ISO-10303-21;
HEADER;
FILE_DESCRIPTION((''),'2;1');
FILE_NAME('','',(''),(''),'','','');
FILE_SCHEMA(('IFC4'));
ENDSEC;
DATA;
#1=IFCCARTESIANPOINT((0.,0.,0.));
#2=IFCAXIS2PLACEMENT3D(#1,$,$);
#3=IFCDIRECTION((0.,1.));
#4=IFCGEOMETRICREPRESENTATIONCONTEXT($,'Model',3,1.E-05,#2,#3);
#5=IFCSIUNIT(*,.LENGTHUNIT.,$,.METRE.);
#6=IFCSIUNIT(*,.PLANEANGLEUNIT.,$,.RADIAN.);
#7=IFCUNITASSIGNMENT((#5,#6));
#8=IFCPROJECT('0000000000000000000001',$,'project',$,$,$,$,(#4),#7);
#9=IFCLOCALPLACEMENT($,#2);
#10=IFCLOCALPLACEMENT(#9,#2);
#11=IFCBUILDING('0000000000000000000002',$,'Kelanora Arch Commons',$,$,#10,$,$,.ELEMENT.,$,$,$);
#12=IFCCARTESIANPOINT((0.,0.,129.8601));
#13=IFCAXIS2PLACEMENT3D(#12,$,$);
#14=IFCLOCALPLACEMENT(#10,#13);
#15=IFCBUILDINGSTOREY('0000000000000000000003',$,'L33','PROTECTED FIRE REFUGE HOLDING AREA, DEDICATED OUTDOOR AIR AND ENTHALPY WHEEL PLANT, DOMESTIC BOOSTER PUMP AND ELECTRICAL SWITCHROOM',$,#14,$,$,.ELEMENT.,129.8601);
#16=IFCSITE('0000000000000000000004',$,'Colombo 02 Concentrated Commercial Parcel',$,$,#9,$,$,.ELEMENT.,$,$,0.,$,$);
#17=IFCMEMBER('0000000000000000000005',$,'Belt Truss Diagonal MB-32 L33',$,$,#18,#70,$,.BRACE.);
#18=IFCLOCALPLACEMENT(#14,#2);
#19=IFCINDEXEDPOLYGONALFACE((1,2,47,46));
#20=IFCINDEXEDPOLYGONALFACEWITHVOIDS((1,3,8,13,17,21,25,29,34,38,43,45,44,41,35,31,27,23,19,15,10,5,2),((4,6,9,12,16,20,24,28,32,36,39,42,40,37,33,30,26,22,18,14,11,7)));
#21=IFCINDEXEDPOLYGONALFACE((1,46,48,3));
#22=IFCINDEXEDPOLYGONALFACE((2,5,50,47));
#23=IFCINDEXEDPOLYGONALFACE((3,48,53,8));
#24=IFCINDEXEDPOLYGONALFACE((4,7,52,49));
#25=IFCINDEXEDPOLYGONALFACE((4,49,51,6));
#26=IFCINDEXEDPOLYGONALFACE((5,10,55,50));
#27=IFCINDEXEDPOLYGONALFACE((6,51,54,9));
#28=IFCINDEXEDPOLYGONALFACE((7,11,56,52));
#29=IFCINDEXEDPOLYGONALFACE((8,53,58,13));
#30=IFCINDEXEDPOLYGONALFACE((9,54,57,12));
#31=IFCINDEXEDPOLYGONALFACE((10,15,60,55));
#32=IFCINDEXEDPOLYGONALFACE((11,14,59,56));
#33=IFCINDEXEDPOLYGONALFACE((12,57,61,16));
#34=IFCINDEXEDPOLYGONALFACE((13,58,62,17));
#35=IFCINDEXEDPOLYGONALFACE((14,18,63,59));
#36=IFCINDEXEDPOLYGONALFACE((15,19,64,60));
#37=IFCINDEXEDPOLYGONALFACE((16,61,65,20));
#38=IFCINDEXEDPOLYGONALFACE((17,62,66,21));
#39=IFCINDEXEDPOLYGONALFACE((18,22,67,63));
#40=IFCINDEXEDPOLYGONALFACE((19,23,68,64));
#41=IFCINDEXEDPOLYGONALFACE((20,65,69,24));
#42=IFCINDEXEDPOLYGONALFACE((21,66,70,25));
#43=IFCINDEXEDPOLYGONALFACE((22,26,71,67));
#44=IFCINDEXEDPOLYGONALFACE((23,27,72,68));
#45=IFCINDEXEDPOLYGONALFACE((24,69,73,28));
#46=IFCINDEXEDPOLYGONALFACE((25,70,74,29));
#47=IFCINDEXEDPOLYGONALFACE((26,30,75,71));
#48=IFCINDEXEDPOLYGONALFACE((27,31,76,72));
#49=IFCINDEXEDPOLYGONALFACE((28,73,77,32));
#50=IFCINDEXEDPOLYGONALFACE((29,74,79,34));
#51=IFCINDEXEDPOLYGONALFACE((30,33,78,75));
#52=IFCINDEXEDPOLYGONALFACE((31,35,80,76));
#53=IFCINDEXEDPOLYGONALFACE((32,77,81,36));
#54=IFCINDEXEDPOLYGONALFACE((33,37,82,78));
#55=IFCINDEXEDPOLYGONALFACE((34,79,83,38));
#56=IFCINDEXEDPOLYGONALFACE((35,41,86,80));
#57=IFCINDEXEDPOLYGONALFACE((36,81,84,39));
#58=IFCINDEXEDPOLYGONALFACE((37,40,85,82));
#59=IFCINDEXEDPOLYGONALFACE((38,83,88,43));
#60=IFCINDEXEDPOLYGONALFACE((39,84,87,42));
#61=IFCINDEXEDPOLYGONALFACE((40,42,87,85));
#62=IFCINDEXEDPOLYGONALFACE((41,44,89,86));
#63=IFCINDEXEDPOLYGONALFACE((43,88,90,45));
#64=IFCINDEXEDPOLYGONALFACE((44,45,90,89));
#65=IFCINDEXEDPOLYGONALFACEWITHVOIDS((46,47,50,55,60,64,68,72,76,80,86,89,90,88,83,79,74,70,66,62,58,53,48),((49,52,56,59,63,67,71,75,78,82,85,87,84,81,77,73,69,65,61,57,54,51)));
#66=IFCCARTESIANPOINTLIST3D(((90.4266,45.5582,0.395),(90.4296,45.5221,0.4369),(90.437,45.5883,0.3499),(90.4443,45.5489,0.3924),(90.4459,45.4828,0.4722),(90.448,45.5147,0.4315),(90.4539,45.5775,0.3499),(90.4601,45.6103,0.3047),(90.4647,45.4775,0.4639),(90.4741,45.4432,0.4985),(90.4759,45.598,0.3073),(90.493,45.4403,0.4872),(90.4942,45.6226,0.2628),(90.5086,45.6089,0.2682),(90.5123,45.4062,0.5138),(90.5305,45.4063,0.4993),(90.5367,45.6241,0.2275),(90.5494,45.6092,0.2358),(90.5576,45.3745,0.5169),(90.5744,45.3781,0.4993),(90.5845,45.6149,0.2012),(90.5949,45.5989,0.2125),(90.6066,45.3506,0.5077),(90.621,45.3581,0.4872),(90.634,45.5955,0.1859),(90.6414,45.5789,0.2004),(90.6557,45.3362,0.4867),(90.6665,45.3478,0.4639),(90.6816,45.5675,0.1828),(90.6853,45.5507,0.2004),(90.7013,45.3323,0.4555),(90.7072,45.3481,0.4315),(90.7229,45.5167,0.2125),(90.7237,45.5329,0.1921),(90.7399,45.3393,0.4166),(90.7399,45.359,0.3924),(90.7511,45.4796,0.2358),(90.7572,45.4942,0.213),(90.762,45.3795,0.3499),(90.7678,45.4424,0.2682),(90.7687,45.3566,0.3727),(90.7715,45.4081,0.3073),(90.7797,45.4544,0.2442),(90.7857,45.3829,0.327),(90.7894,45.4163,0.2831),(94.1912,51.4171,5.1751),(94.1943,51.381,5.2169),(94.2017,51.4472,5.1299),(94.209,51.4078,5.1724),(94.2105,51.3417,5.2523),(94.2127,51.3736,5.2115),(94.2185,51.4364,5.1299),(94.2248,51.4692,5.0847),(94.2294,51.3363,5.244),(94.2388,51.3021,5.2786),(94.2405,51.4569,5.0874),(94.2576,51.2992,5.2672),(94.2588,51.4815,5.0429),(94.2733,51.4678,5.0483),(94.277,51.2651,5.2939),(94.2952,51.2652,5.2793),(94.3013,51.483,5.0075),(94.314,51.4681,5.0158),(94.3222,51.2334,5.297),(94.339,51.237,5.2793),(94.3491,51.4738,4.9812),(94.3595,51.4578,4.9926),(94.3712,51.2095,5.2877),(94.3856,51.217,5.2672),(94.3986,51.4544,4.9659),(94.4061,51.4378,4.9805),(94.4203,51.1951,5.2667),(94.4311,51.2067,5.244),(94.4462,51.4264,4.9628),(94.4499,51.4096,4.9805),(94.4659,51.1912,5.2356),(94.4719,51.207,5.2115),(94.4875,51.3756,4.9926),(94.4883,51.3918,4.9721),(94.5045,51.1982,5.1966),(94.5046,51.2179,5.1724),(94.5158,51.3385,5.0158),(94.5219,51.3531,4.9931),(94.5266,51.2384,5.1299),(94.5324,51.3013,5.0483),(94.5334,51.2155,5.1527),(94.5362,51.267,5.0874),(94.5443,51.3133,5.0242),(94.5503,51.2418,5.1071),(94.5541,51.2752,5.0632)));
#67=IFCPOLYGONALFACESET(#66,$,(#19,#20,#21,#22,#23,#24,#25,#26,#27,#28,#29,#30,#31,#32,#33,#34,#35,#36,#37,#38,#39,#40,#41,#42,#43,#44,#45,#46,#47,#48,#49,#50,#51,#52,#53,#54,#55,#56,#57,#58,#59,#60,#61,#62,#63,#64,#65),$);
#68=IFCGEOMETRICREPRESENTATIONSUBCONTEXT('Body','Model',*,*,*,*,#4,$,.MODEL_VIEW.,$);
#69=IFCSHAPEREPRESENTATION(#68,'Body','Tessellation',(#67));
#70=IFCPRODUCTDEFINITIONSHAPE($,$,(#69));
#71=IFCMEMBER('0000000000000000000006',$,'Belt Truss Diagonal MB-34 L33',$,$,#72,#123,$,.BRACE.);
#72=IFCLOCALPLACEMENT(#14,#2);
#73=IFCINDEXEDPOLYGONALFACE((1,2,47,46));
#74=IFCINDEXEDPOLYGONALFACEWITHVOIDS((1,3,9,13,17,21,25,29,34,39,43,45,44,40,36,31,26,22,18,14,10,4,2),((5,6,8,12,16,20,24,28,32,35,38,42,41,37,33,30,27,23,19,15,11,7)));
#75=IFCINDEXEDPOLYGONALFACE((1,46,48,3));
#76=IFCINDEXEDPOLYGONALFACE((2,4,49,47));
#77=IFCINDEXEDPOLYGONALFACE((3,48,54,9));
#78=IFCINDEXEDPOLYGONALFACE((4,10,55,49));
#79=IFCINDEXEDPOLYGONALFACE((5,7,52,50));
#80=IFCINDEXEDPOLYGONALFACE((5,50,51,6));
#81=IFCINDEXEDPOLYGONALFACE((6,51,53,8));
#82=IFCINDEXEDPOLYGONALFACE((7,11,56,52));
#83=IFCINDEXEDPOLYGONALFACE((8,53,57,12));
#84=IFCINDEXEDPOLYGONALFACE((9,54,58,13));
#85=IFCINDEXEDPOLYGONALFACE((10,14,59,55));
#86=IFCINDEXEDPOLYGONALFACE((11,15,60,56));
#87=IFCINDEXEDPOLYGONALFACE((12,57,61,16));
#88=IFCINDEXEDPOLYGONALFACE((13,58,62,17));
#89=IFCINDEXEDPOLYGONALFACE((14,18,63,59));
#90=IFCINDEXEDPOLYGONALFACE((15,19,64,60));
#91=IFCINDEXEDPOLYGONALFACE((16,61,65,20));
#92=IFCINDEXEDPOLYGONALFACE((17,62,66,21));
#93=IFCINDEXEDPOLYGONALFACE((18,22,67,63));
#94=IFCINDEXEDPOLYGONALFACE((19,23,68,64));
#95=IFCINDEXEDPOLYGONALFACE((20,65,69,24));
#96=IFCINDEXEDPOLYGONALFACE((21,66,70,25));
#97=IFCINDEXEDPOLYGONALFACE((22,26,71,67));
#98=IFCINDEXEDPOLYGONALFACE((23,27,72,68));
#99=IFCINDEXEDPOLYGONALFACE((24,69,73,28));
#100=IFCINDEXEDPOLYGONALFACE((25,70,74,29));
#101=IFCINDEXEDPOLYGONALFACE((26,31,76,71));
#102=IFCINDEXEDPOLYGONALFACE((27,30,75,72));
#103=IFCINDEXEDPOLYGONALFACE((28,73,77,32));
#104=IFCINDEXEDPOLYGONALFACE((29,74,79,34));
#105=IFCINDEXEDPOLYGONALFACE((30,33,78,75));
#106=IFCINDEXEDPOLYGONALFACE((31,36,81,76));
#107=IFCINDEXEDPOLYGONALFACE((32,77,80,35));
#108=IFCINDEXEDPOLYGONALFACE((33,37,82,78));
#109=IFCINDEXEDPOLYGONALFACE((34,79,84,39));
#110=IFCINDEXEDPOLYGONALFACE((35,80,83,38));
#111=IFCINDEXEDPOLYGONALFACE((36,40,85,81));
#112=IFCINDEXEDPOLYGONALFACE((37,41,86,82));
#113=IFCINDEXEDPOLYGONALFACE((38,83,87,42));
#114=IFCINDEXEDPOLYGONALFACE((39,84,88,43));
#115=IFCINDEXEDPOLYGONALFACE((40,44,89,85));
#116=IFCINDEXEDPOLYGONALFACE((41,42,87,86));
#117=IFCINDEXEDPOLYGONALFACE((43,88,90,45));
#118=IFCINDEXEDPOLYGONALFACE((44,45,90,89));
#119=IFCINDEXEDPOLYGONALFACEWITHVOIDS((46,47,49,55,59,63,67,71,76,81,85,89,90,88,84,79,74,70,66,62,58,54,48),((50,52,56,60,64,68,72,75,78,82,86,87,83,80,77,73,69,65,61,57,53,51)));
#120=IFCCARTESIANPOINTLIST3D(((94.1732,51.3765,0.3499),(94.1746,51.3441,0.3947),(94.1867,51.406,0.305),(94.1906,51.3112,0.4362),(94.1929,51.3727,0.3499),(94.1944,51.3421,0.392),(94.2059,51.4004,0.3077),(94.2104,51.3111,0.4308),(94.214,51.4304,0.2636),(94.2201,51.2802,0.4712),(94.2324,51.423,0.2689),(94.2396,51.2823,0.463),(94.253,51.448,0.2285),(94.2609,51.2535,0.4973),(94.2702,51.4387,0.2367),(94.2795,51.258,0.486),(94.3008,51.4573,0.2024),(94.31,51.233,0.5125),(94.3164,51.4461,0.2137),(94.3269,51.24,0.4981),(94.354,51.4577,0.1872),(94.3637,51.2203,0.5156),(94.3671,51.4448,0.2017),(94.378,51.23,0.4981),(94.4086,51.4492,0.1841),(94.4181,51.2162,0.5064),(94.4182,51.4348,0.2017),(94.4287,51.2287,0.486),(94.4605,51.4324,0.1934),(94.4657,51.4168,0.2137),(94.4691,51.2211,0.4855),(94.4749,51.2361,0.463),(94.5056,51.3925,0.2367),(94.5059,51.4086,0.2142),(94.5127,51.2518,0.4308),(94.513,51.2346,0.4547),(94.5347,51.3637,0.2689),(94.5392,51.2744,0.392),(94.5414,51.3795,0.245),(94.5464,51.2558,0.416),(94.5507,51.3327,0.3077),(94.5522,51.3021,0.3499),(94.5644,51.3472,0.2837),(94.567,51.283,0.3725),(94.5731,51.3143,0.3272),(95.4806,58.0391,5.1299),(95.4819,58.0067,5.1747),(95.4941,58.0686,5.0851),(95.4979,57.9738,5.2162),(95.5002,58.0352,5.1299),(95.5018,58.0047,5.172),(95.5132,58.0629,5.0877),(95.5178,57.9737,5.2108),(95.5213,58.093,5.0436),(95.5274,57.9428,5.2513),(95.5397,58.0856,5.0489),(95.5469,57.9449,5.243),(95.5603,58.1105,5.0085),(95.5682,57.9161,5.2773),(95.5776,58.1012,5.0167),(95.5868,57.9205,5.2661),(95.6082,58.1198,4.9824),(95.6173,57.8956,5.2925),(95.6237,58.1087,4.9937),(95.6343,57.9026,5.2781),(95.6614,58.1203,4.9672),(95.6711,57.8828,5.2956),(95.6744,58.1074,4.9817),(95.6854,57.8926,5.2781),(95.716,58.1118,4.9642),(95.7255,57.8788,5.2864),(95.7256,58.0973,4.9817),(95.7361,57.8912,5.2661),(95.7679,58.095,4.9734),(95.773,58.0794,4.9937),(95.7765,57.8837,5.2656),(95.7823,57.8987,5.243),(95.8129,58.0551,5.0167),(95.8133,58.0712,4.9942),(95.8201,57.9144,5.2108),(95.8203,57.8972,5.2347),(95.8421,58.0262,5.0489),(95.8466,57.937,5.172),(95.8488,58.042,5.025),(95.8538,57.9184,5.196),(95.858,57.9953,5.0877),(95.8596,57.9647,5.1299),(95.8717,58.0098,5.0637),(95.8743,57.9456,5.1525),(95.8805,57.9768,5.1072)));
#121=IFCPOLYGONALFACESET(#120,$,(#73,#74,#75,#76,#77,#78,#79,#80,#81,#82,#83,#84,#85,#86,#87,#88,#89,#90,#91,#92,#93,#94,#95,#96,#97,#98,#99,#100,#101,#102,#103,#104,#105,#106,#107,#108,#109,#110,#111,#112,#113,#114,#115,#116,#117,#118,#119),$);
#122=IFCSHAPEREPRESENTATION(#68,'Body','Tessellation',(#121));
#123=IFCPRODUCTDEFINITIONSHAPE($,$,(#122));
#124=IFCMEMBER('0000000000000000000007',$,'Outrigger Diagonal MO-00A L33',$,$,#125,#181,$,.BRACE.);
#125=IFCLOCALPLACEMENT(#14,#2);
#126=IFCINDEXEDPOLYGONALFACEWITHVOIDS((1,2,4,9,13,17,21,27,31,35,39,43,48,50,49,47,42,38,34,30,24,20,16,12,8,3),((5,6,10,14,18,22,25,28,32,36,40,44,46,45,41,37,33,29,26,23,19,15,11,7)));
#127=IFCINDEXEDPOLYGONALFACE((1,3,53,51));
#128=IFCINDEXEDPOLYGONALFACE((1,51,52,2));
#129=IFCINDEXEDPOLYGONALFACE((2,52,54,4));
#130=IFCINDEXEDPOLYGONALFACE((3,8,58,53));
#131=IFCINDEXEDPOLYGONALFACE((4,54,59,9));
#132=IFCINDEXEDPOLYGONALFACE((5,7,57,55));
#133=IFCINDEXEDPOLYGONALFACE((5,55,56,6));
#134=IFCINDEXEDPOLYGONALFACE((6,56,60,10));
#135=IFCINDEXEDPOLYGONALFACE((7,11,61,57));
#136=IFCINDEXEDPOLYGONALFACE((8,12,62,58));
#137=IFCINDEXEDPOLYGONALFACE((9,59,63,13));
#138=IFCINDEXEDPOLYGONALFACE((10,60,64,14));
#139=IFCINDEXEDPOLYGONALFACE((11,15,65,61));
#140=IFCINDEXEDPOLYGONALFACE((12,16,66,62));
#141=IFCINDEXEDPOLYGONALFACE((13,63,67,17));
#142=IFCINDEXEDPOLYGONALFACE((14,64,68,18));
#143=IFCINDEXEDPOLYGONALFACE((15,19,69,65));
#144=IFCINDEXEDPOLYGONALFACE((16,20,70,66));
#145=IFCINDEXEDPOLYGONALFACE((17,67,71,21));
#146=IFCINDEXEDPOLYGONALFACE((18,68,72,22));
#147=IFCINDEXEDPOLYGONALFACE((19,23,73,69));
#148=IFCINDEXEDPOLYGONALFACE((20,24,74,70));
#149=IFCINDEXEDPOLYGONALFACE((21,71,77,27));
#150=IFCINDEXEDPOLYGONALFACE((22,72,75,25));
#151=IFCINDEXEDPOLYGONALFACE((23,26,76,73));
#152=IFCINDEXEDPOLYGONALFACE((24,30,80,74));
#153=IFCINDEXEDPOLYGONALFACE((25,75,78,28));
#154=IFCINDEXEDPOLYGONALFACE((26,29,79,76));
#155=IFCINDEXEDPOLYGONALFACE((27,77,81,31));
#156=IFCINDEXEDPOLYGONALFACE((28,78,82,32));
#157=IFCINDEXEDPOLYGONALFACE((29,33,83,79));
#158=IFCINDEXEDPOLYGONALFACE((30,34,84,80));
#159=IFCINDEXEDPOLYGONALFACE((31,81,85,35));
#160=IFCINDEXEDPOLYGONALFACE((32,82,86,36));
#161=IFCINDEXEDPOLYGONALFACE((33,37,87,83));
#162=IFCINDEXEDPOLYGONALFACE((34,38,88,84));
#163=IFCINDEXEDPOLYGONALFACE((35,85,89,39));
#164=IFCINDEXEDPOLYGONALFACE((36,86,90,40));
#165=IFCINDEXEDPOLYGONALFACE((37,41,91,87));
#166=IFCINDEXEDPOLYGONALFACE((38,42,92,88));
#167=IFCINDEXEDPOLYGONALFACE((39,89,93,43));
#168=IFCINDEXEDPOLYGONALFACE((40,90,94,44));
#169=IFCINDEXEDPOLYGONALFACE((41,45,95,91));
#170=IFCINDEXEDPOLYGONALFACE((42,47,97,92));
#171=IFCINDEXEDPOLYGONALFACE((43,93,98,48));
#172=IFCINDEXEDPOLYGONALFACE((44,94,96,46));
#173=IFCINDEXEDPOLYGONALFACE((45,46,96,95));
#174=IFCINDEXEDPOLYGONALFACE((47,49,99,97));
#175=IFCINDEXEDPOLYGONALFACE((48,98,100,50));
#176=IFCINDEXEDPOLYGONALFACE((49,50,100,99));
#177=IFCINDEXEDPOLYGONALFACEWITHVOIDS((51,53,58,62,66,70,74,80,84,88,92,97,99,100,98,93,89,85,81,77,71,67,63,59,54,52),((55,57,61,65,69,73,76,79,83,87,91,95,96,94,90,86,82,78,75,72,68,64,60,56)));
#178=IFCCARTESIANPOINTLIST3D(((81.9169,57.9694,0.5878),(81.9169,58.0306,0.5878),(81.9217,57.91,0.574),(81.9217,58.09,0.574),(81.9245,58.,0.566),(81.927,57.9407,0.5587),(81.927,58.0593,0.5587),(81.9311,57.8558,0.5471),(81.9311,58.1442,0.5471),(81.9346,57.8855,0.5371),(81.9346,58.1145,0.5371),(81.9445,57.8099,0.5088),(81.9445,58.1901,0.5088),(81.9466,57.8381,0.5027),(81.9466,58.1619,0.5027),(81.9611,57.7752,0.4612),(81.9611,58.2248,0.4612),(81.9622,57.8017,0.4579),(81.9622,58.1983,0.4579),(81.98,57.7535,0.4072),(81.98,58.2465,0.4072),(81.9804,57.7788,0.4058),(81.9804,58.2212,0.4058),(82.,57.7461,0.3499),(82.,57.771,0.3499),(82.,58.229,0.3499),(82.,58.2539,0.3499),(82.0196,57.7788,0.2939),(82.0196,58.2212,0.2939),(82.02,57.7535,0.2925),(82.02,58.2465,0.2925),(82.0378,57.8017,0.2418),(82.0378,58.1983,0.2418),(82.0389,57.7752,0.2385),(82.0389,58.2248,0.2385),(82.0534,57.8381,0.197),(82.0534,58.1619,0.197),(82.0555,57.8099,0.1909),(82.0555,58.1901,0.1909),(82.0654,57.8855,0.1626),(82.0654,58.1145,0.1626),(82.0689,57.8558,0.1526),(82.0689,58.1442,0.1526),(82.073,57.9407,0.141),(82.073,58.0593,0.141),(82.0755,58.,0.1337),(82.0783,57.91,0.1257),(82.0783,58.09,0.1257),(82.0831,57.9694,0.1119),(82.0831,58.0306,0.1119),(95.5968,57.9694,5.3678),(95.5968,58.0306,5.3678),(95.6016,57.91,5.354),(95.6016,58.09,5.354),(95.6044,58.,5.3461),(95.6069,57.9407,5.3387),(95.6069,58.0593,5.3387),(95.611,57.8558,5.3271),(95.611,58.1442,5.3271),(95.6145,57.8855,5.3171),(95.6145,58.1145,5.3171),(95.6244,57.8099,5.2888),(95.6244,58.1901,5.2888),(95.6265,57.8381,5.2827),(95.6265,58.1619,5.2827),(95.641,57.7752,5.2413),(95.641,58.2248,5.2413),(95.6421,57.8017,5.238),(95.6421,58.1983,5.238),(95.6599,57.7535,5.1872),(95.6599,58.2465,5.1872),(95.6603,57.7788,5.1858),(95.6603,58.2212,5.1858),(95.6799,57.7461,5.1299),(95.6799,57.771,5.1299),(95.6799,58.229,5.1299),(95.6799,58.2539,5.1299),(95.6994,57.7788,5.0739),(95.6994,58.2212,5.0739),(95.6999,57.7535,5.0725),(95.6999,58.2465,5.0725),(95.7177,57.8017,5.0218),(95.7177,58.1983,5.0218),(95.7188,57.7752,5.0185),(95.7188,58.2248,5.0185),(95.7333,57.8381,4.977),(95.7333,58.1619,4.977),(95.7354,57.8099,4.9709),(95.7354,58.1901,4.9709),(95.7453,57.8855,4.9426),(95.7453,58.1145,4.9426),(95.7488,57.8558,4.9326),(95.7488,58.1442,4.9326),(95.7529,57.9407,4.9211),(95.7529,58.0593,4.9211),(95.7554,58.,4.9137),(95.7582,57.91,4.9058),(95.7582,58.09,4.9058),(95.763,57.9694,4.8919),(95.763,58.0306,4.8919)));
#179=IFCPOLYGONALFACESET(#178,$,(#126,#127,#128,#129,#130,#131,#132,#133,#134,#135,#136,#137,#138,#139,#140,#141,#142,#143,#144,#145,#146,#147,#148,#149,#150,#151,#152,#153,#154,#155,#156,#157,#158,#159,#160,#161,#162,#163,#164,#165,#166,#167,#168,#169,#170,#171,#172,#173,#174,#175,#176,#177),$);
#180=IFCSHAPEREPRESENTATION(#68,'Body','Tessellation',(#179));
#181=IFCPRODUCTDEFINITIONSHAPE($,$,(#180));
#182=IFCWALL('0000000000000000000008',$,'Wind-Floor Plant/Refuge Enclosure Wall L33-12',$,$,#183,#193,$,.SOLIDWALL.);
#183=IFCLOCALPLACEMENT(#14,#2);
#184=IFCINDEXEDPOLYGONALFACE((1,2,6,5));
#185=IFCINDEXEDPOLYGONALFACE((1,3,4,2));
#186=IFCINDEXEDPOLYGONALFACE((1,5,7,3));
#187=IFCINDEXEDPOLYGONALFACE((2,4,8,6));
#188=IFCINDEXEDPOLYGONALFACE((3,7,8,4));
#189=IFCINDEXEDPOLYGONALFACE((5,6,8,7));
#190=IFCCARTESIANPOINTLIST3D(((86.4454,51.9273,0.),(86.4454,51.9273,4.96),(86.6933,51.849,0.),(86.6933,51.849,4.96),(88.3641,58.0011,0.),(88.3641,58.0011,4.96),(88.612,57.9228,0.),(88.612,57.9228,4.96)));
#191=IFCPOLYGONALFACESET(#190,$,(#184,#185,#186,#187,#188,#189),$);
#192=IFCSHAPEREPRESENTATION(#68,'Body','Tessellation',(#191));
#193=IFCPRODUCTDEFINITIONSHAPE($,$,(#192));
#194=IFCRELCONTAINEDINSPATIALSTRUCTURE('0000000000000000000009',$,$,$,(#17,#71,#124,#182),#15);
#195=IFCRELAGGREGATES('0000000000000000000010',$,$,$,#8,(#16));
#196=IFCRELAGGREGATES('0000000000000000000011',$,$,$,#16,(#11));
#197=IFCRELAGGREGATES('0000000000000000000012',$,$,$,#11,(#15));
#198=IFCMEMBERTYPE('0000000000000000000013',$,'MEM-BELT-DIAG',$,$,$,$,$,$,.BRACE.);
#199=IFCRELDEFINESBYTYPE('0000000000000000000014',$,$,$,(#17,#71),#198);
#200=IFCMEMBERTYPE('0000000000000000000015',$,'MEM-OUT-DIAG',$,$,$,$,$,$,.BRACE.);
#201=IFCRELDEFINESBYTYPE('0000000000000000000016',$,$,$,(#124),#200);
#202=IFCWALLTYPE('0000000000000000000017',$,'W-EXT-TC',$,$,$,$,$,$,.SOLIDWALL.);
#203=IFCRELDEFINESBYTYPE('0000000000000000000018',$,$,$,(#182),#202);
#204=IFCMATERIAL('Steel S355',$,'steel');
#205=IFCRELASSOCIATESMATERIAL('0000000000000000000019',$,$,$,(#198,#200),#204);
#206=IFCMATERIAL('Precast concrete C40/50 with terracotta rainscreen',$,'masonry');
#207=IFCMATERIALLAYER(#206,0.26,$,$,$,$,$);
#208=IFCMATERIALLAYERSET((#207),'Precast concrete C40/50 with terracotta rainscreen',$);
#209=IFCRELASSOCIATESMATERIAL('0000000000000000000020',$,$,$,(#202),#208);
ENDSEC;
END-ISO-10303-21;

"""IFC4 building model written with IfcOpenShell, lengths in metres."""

from ifc_helpers import new_model, si_unit, direction, frame, frame_2d, origin, origin_2d, place, context, subcontext, project, spatial, rectangle, hollow_circle, extrude, material, layer, layer_set, material_profile, profile_set, type_object, element, save


model = new_model("IFC4")

# Units and contexts
model_context = context("Model", 3, precision=1e-05, world=origin(), true_north=direction((0.0, 1.0)))
body_context = subcontext(model_context, "Body", "Model", "MODEL_VIEW")
ifc_project = project(units=[si_unit("LENGTHUNIT", "METRE"), si_unit("PLANEANGLEUNIT", "RADIAN")], contexts=[model_context])

# Site, building, storey
site_placement = place(None, origin())
site = spatial("IfcSite", under=ifc_project, at=site_placement, Name="Colombo 02 Concentrated Commercial Parcel", CompositionType="ELEMENT", RefElevation=0.0)
building_placement = place(site_placement, origin())
building = spatial("IfcBuilding", under=site, at=building_placement, Name="Kelanora Arch Commons", CompositionType="ELEMENT")
storey_placement = place(building_placement, frame((0.0, 0.0, 129.8601)))
storey = spatial("IfcBuildingStorey", under=building, at=storey_placement, Name="L33", Description="PROTECTED FIRE REFUGE HOLDING AREA, DEDICATED OUTDOOR AIR AND ENTHALPY WHEEL PLANT, DOMESTIC BOOSTER PUMP AND ELECTRICAL SWITCHROOM", CompositionType="ELEMENT", Elevation=129.8601)

# Shared definitions
ifc_material_1 = material(Name="Steel S355", Category="steel")

# Members
ifc_material_profile_1 = material_profile(ifc_material_1, hollow_circle(Radius=0.2031, WallThickness=0.02, at=origin_2d()), Name="CHS406.4x20")
ifc_profile_set_1 = profile_set([ifc_material_profile_1], Name="Steel S355")
member_type_1 = type_object("IfcMemberType", Name="MEM-BELT-DIAG", PredefinedType="BRACE", material=ifc_profile_set_1)
member_1_placement = place(storey_placement, frame((90.6079, 45.4785, 0.3499), z_axis=(0.445691, 0.693625, 0.565901), x_axis=(-0.841295, 0.540577, 0.0)))
element("IfcMember", 1, at=member_1_placement, inside=storey, type_object=member_type_1, Name="Belt Truss Diagonal MB-32 L33", PredefinedType="BRACE", context=body_context, shape_type="SweptSolid", body=[
    extrude(hollow_circle(Radius=0.2031, WallThickness=0.02, at=origin_2d()), origin(), (0.0, 0.0, 1.0), 8.4468),
])
member_2_placement = place(storey_placement, frame((94.3726, 51.3374, 0.3499), z_axis=(0.157448, 0.802384, 0.575664), x_axis=(-0.981286, 0.192554, 0.0)))
element("IfcMember", 2, at=member_2_placement, inside=storey, type_object=member_type_1, Name="Belt Truss Diagonal MB-34 L33", PredefinedType="BRACE", context=body_context, shape_type="SweptSolid", body=[
    extrude(hollow_circle(Radius=0.2031, WallThickness=0.02, at=origin_2d()), origin(), (0.0, 0.0, 1.0), 8.3035),
])
ifc_material_profile_2 = material_profile(ifc_material_1, hollow_circle(Radius=0.2539, WallThickness=0.0249, at=origin_2d()), Name="CHS508x25")
ifc_profile_set_2 = profile_set([ifc_material_profile_2], Name="Steel S355")
member_type_2 = type_object("IfcMemberType", Name="MEM-OUT-DIAG", PredefinedType="BRACE", material=ifc_profile_set_2)
member_3_placement = place(storey_placement, frame((82.0, 58.0, 0.3499), z_axis=(0.944029, 0.0, 0.329862), x_axis=(0.0, 1.0, 0.0)))
element("IfcMember", 3, at=member_3_placement, inside=storey, type_object=member_type_2, Name="Outrigger Diagonal MO-00A L33", PredefinedType="BRACE", context=body_context, shape_type="SweptSolid", body=[
    extrude(hollow_circle(Radius=0.2539, WallThickness=0.0249, at=origin_2d()), origin(), (0.0, 0.0, 1.0), 14.491),
])

# Wall
ifc_material_2 = material(Name="Precast concrete C40/50 with terracotta rainscreen", Category="masonry")
ifc_layer_1 = layer(ifc_material_2, 0.26)
ifc_layer_set_1 = layer_set([ifc_layer_1], Name="Precast concrete C40/50 with terracotta rainscreen")
wall_type_1 = type_object("IfcWallType", Name="W-EXT-TC", PredefinedType="SOLIDWALL", material=ifc_layer_set_1)
wall_1_placement = place(storey_placement, frame((86.5693, 51.8882, 0.0), z_axis=(0.0, 0.0, 1.0), x_axis=(0.301229, 0.953552, 0.0)))
element("IfcWall", 4, at=wall_1_placement, inside=storey, type_object=wall_type_1, Name="Wind-Floor Plant/Refuge Enclosure Wall L33-12", PredefinedType="SOLIDWALL", context=body_context, shape_type="SweptSolid", body=[
    extrude(rectangle(XDim=6.3696, YDim=0.26, at=frame_2d((3.1848, 0.0))), origin(), (0.0, 0.0, 1.0), 4.96),
])

save(model, "model.ifc")
